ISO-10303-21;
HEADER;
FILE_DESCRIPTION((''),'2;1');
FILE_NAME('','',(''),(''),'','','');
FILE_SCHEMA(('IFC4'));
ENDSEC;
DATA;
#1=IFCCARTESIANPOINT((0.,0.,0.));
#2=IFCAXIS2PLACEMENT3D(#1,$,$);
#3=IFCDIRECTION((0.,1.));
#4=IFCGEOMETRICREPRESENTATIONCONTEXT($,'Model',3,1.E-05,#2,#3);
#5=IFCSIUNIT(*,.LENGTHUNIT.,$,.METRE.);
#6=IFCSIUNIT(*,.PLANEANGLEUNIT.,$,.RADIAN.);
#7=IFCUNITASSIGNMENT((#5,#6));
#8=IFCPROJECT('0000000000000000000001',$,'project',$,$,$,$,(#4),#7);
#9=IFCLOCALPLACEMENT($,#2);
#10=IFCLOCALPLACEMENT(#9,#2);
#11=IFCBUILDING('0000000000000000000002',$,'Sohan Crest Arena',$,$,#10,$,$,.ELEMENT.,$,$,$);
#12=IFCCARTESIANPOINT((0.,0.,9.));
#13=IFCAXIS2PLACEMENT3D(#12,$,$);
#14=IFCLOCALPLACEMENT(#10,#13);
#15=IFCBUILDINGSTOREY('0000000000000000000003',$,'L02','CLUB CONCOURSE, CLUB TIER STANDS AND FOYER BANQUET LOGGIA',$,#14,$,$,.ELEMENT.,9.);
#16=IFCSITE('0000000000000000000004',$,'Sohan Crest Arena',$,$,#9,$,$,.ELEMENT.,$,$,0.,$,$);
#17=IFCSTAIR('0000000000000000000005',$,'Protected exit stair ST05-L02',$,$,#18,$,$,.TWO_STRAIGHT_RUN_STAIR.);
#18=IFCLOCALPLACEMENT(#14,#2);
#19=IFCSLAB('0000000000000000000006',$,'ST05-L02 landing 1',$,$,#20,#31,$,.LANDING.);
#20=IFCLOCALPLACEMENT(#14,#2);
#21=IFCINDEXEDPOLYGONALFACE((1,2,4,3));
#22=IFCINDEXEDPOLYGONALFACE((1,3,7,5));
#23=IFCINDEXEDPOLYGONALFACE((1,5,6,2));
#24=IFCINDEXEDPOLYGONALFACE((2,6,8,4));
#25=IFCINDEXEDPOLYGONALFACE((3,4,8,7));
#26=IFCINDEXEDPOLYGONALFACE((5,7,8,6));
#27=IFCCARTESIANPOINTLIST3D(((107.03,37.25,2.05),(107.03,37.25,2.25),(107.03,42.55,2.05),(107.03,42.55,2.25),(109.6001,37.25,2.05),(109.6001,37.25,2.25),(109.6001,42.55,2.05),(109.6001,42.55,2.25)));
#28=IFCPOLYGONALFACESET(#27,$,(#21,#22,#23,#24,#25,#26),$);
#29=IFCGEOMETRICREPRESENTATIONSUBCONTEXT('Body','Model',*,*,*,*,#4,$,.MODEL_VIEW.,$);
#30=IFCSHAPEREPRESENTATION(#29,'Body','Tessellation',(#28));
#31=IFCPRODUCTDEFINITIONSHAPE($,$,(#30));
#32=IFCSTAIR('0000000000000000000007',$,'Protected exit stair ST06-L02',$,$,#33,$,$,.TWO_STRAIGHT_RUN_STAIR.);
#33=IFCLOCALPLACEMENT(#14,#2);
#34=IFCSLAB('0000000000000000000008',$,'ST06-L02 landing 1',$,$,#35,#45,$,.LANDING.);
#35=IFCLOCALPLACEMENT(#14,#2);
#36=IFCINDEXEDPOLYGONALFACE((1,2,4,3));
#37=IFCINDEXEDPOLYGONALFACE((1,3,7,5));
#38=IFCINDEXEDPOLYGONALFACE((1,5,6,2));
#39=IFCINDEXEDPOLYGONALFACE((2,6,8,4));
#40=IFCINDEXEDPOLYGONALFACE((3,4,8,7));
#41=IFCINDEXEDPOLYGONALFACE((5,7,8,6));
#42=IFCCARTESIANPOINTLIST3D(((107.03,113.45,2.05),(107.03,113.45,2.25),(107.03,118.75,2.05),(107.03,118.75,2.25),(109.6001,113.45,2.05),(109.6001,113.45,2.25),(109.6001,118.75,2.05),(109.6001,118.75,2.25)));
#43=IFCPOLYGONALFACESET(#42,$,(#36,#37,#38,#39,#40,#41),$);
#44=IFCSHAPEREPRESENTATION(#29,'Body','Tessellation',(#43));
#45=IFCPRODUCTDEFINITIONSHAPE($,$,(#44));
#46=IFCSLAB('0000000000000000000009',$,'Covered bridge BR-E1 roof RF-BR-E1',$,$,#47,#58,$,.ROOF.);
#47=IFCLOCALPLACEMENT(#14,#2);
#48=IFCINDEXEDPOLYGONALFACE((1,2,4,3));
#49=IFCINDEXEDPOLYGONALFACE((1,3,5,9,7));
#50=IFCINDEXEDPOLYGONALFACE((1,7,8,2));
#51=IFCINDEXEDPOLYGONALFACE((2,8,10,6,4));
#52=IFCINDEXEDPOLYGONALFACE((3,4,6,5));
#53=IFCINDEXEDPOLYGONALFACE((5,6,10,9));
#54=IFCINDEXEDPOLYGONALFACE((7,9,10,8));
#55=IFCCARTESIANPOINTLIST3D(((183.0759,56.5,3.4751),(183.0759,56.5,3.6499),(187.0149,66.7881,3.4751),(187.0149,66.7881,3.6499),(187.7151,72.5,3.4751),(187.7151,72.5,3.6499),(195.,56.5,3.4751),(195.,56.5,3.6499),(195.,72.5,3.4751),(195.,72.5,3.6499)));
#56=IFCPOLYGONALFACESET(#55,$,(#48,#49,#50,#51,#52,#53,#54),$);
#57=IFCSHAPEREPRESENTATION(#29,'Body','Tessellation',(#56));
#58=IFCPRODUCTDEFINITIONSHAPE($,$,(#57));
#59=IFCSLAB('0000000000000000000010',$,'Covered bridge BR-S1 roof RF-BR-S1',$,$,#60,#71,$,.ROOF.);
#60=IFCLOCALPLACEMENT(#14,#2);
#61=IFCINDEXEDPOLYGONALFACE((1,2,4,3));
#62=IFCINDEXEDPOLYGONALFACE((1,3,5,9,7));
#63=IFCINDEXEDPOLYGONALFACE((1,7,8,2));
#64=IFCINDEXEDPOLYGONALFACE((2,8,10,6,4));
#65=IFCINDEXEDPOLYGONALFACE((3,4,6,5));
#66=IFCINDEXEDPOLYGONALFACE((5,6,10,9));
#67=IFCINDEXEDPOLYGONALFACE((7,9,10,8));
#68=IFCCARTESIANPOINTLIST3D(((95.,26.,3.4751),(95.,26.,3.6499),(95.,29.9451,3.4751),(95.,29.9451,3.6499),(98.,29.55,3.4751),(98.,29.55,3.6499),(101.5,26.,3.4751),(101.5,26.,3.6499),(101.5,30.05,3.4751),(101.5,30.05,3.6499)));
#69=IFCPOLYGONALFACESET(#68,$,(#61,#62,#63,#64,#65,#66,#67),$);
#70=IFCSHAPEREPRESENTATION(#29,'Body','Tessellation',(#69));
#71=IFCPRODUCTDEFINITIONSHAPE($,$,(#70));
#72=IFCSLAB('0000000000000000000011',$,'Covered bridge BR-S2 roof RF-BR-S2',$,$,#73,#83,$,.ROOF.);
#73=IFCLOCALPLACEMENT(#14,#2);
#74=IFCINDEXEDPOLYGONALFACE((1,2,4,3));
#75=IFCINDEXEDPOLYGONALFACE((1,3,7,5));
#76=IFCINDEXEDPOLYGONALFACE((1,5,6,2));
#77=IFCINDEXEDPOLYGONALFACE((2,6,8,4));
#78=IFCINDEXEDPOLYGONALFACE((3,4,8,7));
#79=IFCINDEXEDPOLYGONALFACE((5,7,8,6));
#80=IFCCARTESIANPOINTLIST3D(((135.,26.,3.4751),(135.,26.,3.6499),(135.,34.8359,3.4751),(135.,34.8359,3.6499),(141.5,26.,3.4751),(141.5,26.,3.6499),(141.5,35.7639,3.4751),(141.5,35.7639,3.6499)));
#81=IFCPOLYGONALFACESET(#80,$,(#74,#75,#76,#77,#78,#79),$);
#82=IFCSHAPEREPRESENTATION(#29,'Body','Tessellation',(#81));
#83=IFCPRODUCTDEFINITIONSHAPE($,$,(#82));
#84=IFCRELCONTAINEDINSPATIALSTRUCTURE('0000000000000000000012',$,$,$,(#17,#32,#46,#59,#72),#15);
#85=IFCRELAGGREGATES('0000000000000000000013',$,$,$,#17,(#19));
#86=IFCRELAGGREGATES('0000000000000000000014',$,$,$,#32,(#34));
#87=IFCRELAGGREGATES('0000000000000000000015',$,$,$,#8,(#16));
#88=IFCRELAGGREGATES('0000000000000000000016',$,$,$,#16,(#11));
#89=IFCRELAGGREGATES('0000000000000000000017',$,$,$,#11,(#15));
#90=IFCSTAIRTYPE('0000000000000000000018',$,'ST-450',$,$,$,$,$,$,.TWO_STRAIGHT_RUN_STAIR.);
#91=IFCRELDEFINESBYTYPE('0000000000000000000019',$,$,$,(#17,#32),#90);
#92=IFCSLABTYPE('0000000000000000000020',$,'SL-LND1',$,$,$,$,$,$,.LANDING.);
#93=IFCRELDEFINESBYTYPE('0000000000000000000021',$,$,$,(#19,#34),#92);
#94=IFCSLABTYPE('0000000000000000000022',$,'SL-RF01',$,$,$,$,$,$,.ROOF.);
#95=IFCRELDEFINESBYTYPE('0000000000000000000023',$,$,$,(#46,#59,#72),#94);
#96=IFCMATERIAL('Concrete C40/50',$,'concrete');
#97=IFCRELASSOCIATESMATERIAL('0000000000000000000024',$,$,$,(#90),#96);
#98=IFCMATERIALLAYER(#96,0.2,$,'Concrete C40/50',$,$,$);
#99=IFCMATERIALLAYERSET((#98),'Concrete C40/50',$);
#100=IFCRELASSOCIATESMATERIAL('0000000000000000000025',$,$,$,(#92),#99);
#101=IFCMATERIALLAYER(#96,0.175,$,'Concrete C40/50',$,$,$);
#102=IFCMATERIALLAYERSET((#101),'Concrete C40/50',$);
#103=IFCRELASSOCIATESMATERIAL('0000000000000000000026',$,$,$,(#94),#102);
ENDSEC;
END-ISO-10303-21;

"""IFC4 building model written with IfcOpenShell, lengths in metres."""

from ifc_helpers import new_model, si_unit, direction, frame, origin, place, context, subcontext, project, spatial, polyline, outline, extrude, material, layer, layer_set, type_object, element, aggregate, save


model = new_model("IFC4")

# Units and contexts
model_context = context("Model", 3, precision=1e-05, world=origin(), true_north=direction((0.0, 1.0)))
body_context = subcontext(model_context, "Body", "Model", "MODEL_VIEW")
ifc_project = project(units=[si_unit("LENGTHUNIT", "METRE"), si_unit("PLANEANGLEUNIT", "RADIAN")], contexts=[model_context])

# Site, building, storey
site_placement = place(None, origin())
site = spatial("IfcSite", under=ifc_project, at=site_placement, Name="Sohan Crest Arena", CompositionType="ELEMENT", RefElevation=0.0)
building_placement = place(site_placement, origin())
building = spatial("IfcBuilding", under=site, at=building_placement, Name="Sohan Crest Arena", CompositionType="ELEMENT")
storey_placement = place(building_placement, frame((0.0, 0.0, 9.0)))
storey = spatial("IfcBuildingStorey", under=building, at=storey_placement, Name="L02", Description="CLUB CONCOURSE, CLUB TIER STANDS AND FOYER BANQUET LOGGIA", CompositionType="ELEMENT", Elevation=9.0)

# Shared definitions
ifc_material = material(Name="Concrete C40/50", Category="concrete")

# Stairs, slabs
stair_type = type_object("IfcStairType", Name="ST-450", PredefinedType="TWO_STRAIGHT_RUN_STAIR", material=ifc_material)
ifc_layer_1 = layer(ifc_material, 0.2, Name="Concrete C40/50")
ifc_layer_set_1 = layer_set([ifc_layer_1], Name="Concrete C40/50")
slab_type_1 = type_object("IfcSlabType", Name="SL-LND1", PredefinedType="LANDING", material=ifc_layer_set_1)
stair_1_placement = place(storey_placement, origin())
stair_1 = element("IfcStair", 1, at=stair_1_placement, inside=storey, type_object=stair_type, Name="Protected exit stair ST05-L02", PredefinedType="TWO_STRAIGHT_RUN_STAIR")
slab_1_placement = place(storey_placement, frame((0.0, 0.0, 2.05)))
slab_1 = element("IfcSlab", 2, at=slab_1_placement, type_object=slab_type_1, Name="ST05-L02 landing 1", PredefinedType="LANDING", context=body_context, shape_type="SweptSolid", body=[
    extrude(outline(polyline([(107.03, 37.25), (109.6001, 37.25), (109.6001, 42.55), (107.03, 42.55), (107.03, 37.25)])), origin(), (0.0, 0.0, 1.0), 0.2),
])
aggregate(stair_1, [slab_1])
stair_2_placement = place(storey_placement, origin())
stair_2 = element("IfcStair", 3, at=stair_2_placement, inside=storey, type_object=stair_type, Name="Protected exit stair ST06-L02", PredefinedType="TWO_STRAIGHT_RUN_STAIR")
slab_2_placement = place(storey_placement, frame((0.0, 0.0, 2.05)))
slab_2 = element("IfcSlab", 4, at=slab_2_placement, type_object=slab_type_1, Name="ST06-L02 landing 1", PredefinedType="LANDING", context=body_context, shape_type="SweptSolid", body=[
    extrude(outline(polyline([(107.03, 113.45), (109.6001, 113.45), (109.6001, 118.75), (107.03, 118.75), (107.03, 113.45)])), origin(), (0.0, 0.0, 1.0), 0.2),
])
aggregate(stair_2, [slab_2])

# Slabs
ifc_layer_2 = layer(ifc_material, 0.175, Name="Concrete C40/50")
ifc_layer_set_2 = layer_set([ifc_layer_2], Name="Concrete C40/50")
slab_type_2 = type_object("IfcSlabType", Name="SL-RF01", PredefinedType="ROOF", material=ifc_layer_set_2)
slab_3_placement = place(storey_placement, frame((0.0, 0.0, 3.4751)))
element("IfcSlab", 5, at=slab_3_placement, inside=storey, type_object=slab_type_2, Name="Covered bridge BR-E1 roof RF-BR-E1", PredefinedType="ROOF", context=body_context, shape_type="SweptSolid", body=[
    extrude(outline(polyline([(195.0, 56.5), (183.0759, 56.5), (187.0149, 66.7881), (187.7151, 72.5), (195.0, 72.5), (195.0, 56.5)])), origin(), (0.0, 0.0, 1.0), 0.1748),
])
slab_4_placement = place(storey_placement, frame((0.0, 0.0, 3.4751)))
element("IfcSlab", 6, at=slab_4_placement, inside=storey, type_object=slab_type_2, Name="Covered bridge BR-S1 roof RF-BR-S1", PredefinedType="ROOF", context=body_context, shape_type="SweptSolid", body=[
    extrude(outline(polyline([(101.5, 26.0), (95.0, 26.0), (95.0, 29.9451), (98.0, 29.55), (101.5, 30.05), (101.5, 26.0)])), origin(), (0.0, 0.0, 1.0), 0.1748),
])
slab_5_placement = place(storey_placement, frame((0.0, 0.0, 3.4751)))
element("IfcSlab", 7, at=slab_5_placement, inside=storey, type_object=slab_type_2, Name="Covered bridge BR-S2 roof RF-BR-S2", PredefinedType="ROOF", context=body_context, shape_type="SweptSolid", body=[
    extrude(outline(polyline([(141.5, 26.0), (135.0, 26.0), (135.0, 34.8359), (141.5, 35.7639), (141.5, 26.0)])), origin(), (0.0, 0.0, 1.0), 0.1748),
])

save(model, "model.ifc")
